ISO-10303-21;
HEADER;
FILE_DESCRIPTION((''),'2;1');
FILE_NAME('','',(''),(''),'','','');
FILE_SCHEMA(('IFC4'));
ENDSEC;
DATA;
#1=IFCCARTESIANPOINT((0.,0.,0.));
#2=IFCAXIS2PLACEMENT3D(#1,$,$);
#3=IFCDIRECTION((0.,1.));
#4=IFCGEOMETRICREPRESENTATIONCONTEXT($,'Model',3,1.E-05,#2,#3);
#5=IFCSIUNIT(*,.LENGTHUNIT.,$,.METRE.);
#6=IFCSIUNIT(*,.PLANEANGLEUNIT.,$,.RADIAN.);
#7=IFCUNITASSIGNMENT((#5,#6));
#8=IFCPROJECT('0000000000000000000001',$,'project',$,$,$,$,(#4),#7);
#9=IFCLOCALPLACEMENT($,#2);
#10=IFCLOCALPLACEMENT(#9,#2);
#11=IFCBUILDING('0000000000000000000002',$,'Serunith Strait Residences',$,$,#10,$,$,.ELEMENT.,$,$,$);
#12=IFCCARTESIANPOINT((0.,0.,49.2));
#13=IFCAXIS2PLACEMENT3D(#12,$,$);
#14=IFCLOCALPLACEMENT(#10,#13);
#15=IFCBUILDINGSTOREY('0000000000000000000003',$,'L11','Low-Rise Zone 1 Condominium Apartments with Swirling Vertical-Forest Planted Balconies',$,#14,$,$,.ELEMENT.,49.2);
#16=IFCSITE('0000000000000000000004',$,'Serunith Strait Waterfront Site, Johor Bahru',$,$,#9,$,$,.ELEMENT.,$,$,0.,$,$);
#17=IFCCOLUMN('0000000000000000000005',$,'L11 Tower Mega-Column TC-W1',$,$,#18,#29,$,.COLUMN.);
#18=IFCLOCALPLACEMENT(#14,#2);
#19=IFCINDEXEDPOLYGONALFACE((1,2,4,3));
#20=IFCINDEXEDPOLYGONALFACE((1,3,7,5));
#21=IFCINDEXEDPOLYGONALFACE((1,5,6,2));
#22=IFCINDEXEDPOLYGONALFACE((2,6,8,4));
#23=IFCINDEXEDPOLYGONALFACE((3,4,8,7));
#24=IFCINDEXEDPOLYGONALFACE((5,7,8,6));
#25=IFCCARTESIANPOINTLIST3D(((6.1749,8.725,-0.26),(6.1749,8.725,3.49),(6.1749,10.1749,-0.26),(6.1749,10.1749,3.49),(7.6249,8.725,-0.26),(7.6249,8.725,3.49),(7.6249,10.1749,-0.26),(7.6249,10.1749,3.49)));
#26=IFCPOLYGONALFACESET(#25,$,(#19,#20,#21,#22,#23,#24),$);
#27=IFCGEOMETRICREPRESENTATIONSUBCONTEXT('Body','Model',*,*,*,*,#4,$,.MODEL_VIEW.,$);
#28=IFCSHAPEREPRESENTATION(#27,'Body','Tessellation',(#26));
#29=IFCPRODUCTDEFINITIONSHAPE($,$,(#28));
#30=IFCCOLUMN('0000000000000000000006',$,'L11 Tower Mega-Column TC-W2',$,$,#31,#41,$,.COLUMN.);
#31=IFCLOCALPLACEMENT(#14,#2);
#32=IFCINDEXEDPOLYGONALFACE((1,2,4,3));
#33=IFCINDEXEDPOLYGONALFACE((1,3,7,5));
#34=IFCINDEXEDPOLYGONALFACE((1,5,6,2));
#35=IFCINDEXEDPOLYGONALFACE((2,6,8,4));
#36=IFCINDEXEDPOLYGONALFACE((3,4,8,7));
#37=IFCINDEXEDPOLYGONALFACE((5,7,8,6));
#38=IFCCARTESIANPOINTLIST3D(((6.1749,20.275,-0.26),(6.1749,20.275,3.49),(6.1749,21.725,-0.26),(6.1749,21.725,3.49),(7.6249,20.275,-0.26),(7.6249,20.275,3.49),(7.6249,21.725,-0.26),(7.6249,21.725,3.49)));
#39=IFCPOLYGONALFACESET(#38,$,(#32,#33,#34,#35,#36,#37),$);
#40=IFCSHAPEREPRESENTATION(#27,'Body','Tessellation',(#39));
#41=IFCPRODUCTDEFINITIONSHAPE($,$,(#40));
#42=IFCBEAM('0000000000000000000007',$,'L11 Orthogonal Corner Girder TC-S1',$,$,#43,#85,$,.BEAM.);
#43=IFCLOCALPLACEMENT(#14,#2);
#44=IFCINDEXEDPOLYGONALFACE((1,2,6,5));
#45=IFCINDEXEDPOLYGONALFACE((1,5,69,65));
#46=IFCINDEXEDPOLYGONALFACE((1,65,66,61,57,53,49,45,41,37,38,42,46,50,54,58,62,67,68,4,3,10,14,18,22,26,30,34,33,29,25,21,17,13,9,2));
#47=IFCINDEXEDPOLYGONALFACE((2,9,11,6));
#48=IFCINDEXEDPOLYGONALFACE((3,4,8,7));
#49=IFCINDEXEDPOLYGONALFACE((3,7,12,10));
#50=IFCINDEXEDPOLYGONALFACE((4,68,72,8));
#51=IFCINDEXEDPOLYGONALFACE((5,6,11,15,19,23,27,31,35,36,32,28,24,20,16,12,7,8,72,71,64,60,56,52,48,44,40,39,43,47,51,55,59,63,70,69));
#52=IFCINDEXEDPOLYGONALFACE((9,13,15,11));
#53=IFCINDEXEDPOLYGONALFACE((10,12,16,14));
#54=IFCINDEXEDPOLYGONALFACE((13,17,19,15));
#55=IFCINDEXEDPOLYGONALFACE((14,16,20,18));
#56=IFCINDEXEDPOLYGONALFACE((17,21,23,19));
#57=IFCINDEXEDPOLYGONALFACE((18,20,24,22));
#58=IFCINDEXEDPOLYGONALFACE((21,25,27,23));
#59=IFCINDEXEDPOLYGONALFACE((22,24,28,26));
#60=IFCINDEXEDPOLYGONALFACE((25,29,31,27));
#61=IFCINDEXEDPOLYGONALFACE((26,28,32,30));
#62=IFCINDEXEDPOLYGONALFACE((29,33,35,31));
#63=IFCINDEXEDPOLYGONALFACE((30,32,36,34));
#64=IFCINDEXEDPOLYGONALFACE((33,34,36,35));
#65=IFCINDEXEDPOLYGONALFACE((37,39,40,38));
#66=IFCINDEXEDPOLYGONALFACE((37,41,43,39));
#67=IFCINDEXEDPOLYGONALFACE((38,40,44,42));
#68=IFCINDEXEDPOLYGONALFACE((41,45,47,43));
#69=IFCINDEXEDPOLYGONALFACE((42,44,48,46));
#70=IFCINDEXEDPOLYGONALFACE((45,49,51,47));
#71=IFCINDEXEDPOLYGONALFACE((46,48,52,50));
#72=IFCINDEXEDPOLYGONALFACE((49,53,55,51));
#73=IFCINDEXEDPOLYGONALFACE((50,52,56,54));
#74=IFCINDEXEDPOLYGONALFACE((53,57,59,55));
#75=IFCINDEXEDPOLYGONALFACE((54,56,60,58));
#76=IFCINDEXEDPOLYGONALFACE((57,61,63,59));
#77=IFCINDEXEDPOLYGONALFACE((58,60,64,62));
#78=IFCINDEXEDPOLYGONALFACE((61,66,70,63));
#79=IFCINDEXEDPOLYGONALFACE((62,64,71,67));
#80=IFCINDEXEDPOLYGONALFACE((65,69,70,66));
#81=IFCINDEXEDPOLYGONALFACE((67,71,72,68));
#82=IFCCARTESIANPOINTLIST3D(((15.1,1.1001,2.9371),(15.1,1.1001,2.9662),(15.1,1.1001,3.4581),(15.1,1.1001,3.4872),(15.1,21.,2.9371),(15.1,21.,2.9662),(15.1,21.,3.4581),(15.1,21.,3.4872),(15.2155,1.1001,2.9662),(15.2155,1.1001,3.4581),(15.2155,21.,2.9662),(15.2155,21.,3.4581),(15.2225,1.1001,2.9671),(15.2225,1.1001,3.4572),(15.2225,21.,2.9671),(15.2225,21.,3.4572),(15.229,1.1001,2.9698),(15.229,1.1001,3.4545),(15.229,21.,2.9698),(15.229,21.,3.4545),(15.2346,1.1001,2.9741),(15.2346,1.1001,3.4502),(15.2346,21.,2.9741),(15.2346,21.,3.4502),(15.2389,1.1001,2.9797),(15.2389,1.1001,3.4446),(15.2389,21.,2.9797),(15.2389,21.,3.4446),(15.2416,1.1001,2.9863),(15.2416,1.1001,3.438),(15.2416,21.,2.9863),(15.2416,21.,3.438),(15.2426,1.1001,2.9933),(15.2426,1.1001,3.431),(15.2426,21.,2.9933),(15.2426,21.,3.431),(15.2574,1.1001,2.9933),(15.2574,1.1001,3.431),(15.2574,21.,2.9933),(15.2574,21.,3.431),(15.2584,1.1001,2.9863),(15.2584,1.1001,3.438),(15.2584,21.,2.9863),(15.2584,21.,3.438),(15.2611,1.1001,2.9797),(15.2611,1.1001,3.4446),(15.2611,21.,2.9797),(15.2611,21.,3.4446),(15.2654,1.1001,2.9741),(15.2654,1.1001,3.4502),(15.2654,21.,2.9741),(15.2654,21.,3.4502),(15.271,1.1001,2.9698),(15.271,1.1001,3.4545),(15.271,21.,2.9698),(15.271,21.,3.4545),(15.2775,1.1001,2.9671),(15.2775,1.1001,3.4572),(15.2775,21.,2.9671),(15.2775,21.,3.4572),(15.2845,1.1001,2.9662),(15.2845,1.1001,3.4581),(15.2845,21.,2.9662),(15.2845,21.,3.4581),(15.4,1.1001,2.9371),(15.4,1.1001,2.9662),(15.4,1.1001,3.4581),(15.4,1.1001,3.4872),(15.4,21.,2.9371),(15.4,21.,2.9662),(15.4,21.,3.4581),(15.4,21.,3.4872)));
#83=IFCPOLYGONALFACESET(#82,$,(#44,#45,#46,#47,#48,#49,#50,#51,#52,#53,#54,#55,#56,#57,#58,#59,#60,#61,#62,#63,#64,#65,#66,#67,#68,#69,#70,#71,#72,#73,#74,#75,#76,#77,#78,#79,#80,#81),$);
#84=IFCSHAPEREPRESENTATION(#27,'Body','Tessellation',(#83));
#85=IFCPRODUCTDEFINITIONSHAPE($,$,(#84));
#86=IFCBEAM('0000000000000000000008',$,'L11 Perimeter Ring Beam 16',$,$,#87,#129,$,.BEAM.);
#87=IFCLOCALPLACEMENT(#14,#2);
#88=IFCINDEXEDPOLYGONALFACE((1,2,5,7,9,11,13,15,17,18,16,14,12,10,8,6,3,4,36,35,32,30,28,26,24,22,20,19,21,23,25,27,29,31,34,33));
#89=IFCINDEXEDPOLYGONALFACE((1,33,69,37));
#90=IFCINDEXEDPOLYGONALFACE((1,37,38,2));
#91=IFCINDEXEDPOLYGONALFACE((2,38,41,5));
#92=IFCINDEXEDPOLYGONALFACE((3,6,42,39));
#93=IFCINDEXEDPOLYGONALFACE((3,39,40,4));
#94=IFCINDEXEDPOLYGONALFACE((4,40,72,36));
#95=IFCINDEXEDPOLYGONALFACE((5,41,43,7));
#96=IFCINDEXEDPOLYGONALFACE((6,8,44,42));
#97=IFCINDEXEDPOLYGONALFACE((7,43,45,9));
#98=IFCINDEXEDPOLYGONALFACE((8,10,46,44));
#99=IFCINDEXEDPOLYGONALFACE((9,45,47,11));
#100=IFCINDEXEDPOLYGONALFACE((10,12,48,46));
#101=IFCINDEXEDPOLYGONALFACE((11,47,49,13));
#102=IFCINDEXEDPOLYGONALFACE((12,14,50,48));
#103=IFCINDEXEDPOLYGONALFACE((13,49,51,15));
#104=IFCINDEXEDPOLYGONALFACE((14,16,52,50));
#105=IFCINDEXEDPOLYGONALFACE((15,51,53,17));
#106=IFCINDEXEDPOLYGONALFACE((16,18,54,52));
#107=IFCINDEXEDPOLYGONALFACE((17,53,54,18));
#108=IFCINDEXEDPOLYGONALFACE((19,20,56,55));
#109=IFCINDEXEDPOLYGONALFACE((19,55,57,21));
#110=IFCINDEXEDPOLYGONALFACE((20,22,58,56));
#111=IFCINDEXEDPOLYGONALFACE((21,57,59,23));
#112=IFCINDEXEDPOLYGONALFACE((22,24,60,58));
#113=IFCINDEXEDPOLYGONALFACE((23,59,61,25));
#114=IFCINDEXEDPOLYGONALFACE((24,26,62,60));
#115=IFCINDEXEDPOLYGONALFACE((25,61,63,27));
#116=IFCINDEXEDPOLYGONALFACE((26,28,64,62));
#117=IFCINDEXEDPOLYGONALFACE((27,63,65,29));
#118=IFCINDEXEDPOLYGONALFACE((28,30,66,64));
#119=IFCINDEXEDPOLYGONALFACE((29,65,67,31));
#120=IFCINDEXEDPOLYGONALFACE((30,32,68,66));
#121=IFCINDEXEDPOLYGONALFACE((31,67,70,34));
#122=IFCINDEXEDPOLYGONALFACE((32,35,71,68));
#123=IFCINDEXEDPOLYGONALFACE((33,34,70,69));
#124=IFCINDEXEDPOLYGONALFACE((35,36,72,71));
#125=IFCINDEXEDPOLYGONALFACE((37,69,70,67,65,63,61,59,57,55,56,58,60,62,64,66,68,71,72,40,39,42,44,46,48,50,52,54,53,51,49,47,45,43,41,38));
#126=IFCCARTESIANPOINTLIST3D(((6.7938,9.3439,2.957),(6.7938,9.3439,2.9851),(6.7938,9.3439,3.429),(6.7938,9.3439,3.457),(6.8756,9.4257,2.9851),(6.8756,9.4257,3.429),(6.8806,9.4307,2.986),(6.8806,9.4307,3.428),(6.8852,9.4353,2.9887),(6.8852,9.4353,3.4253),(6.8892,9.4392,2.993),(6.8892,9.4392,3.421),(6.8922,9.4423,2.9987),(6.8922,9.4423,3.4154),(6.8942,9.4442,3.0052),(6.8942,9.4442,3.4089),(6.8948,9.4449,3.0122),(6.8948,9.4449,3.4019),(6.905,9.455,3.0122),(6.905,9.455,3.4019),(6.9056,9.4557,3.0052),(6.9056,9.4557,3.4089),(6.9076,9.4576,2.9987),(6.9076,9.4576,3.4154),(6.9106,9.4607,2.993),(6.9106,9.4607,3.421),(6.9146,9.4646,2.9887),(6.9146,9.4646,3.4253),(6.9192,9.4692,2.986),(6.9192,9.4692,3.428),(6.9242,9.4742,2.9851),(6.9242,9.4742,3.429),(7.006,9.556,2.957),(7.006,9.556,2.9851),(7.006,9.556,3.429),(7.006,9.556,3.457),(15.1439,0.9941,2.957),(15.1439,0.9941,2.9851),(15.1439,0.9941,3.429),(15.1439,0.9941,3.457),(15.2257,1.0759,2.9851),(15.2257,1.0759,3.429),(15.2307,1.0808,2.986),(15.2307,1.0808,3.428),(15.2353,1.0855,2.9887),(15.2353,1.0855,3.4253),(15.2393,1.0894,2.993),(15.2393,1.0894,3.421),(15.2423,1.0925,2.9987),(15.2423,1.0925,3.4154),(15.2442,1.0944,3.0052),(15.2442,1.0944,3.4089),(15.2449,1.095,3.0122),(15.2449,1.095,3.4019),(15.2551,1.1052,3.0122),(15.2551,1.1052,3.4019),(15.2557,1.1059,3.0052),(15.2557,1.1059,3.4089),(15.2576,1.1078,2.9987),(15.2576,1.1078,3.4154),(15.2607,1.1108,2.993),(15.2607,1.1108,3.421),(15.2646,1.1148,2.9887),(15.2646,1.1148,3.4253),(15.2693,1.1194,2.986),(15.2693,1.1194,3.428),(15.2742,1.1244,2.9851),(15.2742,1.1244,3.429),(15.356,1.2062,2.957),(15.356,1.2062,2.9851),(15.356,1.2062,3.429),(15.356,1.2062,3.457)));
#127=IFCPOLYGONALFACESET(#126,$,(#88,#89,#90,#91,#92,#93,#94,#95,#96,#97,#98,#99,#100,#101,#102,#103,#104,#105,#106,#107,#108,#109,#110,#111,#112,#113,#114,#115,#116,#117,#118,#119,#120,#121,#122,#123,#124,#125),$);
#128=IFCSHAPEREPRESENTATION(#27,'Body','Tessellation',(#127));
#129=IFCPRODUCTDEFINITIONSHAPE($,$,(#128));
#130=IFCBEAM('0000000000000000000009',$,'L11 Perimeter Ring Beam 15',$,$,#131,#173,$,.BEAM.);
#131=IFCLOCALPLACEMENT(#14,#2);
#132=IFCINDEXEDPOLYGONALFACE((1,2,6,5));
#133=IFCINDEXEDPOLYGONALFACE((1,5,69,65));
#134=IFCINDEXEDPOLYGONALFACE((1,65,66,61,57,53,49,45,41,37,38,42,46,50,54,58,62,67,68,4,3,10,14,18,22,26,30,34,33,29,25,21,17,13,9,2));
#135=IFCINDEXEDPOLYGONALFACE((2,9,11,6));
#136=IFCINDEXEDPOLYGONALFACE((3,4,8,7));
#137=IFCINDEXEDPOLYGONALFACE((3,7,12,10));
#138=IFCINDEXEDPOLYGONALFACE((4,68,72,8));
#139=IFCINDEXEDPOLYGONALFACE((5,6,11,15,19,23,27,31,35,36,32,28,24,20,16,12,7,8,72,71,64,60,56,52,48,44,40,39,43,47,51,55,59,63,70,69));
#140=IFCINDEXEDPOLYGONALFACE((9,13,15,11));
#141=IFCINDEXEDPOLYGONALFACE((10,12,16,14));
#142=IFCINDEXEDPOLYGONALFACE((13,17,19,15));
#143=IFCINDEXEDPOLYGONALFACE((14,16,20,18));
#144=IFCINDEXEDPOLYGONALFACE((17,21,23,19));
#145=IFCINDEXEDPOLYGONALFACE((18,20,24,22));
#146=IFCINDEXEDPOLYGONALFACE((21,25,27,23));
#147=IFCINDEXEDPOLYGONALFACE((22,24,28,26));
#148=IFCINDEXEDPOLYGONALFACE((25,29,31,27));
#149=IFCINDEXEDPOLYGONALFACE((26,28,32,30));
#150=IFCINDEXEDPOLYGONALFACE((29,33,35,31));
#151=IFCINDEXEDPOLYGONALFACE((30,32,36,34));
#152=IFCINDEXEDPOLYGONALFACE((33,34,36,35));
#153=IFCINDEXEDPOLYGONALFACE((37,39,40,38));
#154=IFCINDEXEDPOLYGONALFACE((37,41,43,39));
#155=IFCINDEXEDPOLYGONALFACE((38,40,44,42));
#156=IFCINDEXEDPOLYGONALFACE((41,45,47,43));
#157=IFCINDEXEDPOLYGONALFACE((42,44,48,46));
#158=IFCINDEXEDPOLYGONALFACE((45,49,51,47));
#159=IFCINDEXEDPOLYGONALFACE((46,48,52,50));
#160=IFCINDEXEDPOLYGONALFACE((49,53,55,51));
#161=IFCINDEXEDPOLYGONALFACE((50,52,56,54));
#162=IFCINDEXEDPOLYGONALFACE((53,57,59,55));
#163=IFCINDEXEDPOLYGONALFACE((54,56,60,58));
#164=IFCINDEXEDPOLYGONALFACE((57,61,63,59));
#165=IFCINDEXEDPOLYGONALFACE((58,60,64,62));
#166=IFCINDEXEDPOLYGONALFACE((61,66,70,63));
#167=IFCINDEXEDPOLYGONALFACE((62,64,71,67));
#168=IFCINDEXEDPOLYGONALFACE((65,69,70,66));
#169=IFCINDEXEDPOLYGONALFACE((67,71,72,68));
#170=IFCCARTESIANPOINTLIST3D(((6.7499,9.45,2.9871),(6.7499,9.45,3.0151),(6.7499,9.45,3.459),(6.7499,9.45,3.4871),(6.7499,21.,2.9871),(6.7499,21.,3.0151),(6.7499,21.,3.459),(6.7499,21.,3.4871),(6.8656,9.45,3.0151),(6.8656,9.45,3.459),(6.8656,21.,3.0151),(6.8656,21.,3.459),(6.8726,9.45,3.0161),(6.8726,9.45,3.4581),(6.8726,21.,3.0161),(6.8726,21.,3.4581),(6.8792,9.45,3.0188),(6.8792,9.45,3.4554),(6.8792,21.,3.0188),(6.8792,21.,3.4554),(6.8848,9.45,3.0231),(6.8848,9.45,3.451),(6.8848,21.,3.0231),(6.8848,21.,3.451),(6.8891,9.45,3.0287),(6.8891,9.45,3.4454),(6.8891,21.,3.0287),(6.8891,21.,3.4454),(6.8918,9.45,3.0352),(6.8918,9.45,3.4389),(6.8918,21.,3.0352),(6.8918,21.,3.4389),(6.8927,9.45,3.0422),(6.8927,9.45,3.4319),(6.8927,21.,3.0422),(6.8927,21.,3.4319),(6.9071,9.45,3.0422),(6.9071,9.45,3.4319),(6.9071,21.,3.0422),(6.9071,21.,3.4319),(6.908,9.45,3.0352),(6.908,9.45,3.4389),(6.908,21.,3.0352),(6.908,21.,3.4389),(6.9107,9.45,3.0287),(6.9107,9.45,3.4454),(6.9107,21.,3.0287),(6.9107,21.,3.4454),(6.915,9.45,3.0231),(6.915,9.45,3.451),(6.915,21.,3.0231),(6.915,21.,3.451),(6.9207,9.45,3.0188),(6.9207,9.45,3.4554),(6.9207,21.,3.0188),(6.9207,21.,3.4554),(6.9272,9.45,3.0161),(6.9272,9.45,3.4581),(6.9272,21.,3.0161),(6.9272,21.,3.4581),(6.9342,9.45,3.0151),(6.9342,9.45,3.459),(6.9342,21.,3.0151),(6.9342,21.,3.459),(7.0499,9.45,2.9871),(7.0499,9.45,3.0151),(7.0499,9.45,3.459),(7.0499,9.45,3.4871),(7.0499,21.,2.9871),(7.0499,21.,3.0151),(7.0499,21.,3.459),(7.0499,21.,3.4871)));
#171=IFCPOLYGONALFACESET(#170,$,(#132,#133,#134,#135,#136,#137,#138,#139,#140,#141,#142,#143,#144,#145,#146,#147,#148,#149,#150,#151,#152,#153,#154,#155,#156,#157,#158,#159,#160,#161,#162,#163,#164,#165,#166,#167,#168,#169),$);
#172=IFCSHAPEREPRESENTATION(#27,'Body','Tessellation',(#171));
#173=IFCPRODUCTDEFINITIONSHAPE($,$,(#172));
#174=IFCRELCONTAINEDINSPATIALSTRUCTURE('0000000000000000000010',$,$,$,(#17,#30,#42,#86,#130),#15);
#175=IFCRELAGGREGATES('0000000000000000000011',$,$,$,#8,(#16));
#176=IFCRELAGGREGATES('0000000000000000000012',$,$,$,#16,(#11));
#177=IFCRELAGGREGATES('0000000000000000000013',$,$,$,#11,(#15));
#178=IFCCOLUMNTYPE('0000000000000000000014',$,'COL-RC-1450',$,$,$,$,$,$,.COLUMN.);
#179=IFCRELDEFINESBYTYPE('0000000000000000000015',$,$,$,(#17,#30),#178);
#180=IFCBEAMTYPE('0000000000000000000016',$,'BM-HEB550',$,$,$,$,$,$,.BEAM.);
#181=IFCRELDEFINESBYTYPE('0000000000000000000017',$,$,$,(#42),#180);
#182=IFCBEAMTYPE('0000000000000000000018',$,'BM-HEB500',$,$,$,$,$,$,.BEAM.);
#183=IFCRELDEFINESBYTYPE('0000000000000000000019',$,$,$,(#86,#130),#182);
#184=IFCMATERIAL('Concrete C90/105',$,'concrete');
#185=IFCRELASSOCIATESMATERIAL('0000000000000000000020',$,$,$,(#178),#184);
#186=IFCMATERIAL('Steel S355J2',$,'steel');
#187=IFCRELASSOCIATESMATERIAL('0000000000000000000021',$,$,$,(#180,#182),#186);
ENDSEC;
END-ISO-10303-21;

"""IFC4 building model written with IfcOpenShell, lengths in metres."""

from ifc_helpers import new_model, si_unit, direction, frame, origin, origin_2d, place, context, subcontext, project, spatial, rectangle, i_section, extrude, source, transform, mapped, material, material_profile, profile_set, type_object, element, save


model = new_model("IFC4")

# Units and contexts
model_context = context("Model", 3, precision=1e-05, world=origin(), true_north=direction((0.0, 1.0)))
body_context = subcontext(model_context, "Body", "Model", "MODEL_VIEW")
ifc_project = project(units=[si_unit("LENGTHUNIT", "METRE"), si_unit("PLANEANGLEUNIT", "RADIAN")], contexts=[model_context])

# Site, building, storey
site_placement = place(None, origin())
site = spatial("IfcSite", under=ifc_project, at=site_placement, Name="Serunith Strait Waterfront Site, Johor Bahru", CompositionType="ELEMENT", RefElevation=0.0)
building_placement = place(site_placement, origin())
building = spatial("IfcBuilding", under=site, at=building_placement, Name="Serunith Strait Residences", CompositionType="ELEMENT")
storey_placement = place(building_placement, frame((0.0, 0.0, 49.2)))
storey = spatial("IfcBuildingStorey", under=building, at=storey_placement, Name="L11", Description="Low-Rise Zone 1 Condominium Apartments with Swirling Vertical-Forest Planted Balconies", CompositionType="ELEMENT", Elevation=49.2)

# Columns
ifc_material_1 = material(Name="Concrete C90/105", Category="concrete")
ifc_material_profile_1 = material_profile(ifc_material_1, rectangle(XDim=1.45, YDim=1.45, at=origin_2d()), Name="RC 1450x1450")
ifc_profile_set_1 = profile_set([ifc_material_profile_1], Name="Concrete C90/105")
column_type = type_object("IfcColumnType", Name="COL-RC-1450", PredefinedType="COLUMN", material=ifc_profile_set_1)
shared_shape_1 = source(origin(), body_context, "Body", "SweptSolid", [
    extrude(rectangle(XDim=1.45, YDim=1.45, at=origin_2d()), origin(), (0.0, 0.0, 1.0), 3.75),
])
for number, where, z_axis, x_axis, name in (
    (1, (6.8999, 9.45, -0.26), (0.0, 0.0, 1.0), (1.0, 0.0, 0.0), "L11 Tower Mega-Column TC-W1"),
    (2, (6.8999, 21.0, -0.26), (0.0, 0.0, 1.0), (1.0, 0.0, 0.0), "L11 Tower Mega-Column TC-W2"),
):
    element("IfcColumn", number, at=place(storey_placement, frame(where, z_axis=z_axis, x_axis=x_axis)), inside=storey, type_object=column_type, Name=name, PredefinedType="COLUMN", context=body_context, shape_type="MappedRepresentation", body=[
        mapped(shared_shape_1, transform((0.0, 0.0, 0.0), scale=1.0)),
    ])

# Beams
ifc_material_2 = material(Name="Steel S355J2", Category="steel")
ifc_material_profile_2 = material_profile(ifc_material_2, i_section(OverallWidth=0.3, OverallDepth=0.55, WebThickness=0.0149, FlangeThickness=0.0291, FilletRadius=0.0271, at=origin_2d()), Name="HEB 550")
ifc_profile_set_2 = profile_set([ifc_material_profile_2], Name="Steel S355J2")
beam_type_1 = type_object("IfcBeamType", Name="BM-HEB550", PredefinedType="BEAM", material=ifc_profile_set_2)
shared_shape_2 = source(origin(), body_context, "Body", "SweptSolid", [
    extrude(i_section(OverallWidth=0.3, OverallDepth=0.55, WebThickness=0.0149, FlangeThickness=0.0291, FilletRadius=0.0271, at=origin_2d()), origin(), (0.0, 0.0, 1.0), 19.8999),
])
beam_1_placement = place(storey_placement, frame((15.25, 21.0, 3.2122), z_axis=(0.0, -1.0, 0.0), x_axis=(1.0, 0.0, 0.0)))
element("IfcBeam", 3, at=beam_1_placement, inside=storey, type_object=beam_type_1, Name="L11 Orthogonal Corner Girder TC-S1", PredefinedType="BEAM", context=body_context, shape_type="MappedRepresentation", body=[
    mapped(shared_shape_2, transform((0.0, 0.0, 0.0), scale=1.0)),
])
ifc_material_profile_3 = material_profile(ifc_material_2, i_section(OverallWidth=0.3, OverallDepth=0.5, WebThickness=0.0144, FlangeThickness=0.0281, FilletRadius=0.0271, at=origin_2d()), Name="HEB 500")
ifc_profile_set_3 = profile_set([ifc_material_profile_3], Name="Steel S355J2")
beam_type_2 = type_object("IfcBeamType", Name="BM-HEB500", PredefinedType="BEAM", material=ifc_profile_set_3)
shared_shape_3 = source(origin(), body_context, "Body", "SweptSolid", [
    extrude(i_section(OverallWidth=0.3, OverallDepth=0.5, WebThickness=0.0144, FlangeThickness=0.0281, FilletRadius=0.0271, at=origin_2d()), origin(), (0.0, 0.0, 1.0), 11.8086),
])
beam_2_placement = place(storey_placement, frame((6.8999, 9.45, 3.207), z_axis=(0.707117, -0.707096, 0.0), x_axis=(0.707096, 0.707117, 0.0)))
element("IfcBeam", 4, at=beam_2_placement, inside=storey, type_object=beam_type_2, Name="L11 Perimeter Ring Beam 16", PredefinedType="BEAM", context=body_context, shape_type="MappedRepresentation", body=[
    mapped(shared_shape_3, transform((0.0, 0.0, 0.0), scale=1.0)),
])
shared_shape_4 = source(origin(), body_context, "Body", "SweptSolid", [
    extrude(i_section(OverallWidth=0.3, OverallDepth=0.5, WebThickness=0.0144, FlangeThickness=0.0281, FilletRadius=0.0271, at=origin_2d()), origin(), (0.0, 0.0, 1.0), 11.55),
])
beam_3_placement = place(storey_placement, frame((6.8999, 21.0, 3.2371), z_axis=(0.0, -1.0, 0.0), x_axis=(1.0, 0.0, 0.0)))
element("IfcBeam", 5, at=beam_3_placement, inside=storey, type_object=beam_type_2, Name="L11 Perimeter Ring Beam 15", PredefinedType="BEAM", context=body_context, shape_type="MappedRepresentation", body=[
    mapped(shared_shape_4, transform((0.0, 0.0, 0.0), scale=1.0)),
])

save(model, "model.ifc")
